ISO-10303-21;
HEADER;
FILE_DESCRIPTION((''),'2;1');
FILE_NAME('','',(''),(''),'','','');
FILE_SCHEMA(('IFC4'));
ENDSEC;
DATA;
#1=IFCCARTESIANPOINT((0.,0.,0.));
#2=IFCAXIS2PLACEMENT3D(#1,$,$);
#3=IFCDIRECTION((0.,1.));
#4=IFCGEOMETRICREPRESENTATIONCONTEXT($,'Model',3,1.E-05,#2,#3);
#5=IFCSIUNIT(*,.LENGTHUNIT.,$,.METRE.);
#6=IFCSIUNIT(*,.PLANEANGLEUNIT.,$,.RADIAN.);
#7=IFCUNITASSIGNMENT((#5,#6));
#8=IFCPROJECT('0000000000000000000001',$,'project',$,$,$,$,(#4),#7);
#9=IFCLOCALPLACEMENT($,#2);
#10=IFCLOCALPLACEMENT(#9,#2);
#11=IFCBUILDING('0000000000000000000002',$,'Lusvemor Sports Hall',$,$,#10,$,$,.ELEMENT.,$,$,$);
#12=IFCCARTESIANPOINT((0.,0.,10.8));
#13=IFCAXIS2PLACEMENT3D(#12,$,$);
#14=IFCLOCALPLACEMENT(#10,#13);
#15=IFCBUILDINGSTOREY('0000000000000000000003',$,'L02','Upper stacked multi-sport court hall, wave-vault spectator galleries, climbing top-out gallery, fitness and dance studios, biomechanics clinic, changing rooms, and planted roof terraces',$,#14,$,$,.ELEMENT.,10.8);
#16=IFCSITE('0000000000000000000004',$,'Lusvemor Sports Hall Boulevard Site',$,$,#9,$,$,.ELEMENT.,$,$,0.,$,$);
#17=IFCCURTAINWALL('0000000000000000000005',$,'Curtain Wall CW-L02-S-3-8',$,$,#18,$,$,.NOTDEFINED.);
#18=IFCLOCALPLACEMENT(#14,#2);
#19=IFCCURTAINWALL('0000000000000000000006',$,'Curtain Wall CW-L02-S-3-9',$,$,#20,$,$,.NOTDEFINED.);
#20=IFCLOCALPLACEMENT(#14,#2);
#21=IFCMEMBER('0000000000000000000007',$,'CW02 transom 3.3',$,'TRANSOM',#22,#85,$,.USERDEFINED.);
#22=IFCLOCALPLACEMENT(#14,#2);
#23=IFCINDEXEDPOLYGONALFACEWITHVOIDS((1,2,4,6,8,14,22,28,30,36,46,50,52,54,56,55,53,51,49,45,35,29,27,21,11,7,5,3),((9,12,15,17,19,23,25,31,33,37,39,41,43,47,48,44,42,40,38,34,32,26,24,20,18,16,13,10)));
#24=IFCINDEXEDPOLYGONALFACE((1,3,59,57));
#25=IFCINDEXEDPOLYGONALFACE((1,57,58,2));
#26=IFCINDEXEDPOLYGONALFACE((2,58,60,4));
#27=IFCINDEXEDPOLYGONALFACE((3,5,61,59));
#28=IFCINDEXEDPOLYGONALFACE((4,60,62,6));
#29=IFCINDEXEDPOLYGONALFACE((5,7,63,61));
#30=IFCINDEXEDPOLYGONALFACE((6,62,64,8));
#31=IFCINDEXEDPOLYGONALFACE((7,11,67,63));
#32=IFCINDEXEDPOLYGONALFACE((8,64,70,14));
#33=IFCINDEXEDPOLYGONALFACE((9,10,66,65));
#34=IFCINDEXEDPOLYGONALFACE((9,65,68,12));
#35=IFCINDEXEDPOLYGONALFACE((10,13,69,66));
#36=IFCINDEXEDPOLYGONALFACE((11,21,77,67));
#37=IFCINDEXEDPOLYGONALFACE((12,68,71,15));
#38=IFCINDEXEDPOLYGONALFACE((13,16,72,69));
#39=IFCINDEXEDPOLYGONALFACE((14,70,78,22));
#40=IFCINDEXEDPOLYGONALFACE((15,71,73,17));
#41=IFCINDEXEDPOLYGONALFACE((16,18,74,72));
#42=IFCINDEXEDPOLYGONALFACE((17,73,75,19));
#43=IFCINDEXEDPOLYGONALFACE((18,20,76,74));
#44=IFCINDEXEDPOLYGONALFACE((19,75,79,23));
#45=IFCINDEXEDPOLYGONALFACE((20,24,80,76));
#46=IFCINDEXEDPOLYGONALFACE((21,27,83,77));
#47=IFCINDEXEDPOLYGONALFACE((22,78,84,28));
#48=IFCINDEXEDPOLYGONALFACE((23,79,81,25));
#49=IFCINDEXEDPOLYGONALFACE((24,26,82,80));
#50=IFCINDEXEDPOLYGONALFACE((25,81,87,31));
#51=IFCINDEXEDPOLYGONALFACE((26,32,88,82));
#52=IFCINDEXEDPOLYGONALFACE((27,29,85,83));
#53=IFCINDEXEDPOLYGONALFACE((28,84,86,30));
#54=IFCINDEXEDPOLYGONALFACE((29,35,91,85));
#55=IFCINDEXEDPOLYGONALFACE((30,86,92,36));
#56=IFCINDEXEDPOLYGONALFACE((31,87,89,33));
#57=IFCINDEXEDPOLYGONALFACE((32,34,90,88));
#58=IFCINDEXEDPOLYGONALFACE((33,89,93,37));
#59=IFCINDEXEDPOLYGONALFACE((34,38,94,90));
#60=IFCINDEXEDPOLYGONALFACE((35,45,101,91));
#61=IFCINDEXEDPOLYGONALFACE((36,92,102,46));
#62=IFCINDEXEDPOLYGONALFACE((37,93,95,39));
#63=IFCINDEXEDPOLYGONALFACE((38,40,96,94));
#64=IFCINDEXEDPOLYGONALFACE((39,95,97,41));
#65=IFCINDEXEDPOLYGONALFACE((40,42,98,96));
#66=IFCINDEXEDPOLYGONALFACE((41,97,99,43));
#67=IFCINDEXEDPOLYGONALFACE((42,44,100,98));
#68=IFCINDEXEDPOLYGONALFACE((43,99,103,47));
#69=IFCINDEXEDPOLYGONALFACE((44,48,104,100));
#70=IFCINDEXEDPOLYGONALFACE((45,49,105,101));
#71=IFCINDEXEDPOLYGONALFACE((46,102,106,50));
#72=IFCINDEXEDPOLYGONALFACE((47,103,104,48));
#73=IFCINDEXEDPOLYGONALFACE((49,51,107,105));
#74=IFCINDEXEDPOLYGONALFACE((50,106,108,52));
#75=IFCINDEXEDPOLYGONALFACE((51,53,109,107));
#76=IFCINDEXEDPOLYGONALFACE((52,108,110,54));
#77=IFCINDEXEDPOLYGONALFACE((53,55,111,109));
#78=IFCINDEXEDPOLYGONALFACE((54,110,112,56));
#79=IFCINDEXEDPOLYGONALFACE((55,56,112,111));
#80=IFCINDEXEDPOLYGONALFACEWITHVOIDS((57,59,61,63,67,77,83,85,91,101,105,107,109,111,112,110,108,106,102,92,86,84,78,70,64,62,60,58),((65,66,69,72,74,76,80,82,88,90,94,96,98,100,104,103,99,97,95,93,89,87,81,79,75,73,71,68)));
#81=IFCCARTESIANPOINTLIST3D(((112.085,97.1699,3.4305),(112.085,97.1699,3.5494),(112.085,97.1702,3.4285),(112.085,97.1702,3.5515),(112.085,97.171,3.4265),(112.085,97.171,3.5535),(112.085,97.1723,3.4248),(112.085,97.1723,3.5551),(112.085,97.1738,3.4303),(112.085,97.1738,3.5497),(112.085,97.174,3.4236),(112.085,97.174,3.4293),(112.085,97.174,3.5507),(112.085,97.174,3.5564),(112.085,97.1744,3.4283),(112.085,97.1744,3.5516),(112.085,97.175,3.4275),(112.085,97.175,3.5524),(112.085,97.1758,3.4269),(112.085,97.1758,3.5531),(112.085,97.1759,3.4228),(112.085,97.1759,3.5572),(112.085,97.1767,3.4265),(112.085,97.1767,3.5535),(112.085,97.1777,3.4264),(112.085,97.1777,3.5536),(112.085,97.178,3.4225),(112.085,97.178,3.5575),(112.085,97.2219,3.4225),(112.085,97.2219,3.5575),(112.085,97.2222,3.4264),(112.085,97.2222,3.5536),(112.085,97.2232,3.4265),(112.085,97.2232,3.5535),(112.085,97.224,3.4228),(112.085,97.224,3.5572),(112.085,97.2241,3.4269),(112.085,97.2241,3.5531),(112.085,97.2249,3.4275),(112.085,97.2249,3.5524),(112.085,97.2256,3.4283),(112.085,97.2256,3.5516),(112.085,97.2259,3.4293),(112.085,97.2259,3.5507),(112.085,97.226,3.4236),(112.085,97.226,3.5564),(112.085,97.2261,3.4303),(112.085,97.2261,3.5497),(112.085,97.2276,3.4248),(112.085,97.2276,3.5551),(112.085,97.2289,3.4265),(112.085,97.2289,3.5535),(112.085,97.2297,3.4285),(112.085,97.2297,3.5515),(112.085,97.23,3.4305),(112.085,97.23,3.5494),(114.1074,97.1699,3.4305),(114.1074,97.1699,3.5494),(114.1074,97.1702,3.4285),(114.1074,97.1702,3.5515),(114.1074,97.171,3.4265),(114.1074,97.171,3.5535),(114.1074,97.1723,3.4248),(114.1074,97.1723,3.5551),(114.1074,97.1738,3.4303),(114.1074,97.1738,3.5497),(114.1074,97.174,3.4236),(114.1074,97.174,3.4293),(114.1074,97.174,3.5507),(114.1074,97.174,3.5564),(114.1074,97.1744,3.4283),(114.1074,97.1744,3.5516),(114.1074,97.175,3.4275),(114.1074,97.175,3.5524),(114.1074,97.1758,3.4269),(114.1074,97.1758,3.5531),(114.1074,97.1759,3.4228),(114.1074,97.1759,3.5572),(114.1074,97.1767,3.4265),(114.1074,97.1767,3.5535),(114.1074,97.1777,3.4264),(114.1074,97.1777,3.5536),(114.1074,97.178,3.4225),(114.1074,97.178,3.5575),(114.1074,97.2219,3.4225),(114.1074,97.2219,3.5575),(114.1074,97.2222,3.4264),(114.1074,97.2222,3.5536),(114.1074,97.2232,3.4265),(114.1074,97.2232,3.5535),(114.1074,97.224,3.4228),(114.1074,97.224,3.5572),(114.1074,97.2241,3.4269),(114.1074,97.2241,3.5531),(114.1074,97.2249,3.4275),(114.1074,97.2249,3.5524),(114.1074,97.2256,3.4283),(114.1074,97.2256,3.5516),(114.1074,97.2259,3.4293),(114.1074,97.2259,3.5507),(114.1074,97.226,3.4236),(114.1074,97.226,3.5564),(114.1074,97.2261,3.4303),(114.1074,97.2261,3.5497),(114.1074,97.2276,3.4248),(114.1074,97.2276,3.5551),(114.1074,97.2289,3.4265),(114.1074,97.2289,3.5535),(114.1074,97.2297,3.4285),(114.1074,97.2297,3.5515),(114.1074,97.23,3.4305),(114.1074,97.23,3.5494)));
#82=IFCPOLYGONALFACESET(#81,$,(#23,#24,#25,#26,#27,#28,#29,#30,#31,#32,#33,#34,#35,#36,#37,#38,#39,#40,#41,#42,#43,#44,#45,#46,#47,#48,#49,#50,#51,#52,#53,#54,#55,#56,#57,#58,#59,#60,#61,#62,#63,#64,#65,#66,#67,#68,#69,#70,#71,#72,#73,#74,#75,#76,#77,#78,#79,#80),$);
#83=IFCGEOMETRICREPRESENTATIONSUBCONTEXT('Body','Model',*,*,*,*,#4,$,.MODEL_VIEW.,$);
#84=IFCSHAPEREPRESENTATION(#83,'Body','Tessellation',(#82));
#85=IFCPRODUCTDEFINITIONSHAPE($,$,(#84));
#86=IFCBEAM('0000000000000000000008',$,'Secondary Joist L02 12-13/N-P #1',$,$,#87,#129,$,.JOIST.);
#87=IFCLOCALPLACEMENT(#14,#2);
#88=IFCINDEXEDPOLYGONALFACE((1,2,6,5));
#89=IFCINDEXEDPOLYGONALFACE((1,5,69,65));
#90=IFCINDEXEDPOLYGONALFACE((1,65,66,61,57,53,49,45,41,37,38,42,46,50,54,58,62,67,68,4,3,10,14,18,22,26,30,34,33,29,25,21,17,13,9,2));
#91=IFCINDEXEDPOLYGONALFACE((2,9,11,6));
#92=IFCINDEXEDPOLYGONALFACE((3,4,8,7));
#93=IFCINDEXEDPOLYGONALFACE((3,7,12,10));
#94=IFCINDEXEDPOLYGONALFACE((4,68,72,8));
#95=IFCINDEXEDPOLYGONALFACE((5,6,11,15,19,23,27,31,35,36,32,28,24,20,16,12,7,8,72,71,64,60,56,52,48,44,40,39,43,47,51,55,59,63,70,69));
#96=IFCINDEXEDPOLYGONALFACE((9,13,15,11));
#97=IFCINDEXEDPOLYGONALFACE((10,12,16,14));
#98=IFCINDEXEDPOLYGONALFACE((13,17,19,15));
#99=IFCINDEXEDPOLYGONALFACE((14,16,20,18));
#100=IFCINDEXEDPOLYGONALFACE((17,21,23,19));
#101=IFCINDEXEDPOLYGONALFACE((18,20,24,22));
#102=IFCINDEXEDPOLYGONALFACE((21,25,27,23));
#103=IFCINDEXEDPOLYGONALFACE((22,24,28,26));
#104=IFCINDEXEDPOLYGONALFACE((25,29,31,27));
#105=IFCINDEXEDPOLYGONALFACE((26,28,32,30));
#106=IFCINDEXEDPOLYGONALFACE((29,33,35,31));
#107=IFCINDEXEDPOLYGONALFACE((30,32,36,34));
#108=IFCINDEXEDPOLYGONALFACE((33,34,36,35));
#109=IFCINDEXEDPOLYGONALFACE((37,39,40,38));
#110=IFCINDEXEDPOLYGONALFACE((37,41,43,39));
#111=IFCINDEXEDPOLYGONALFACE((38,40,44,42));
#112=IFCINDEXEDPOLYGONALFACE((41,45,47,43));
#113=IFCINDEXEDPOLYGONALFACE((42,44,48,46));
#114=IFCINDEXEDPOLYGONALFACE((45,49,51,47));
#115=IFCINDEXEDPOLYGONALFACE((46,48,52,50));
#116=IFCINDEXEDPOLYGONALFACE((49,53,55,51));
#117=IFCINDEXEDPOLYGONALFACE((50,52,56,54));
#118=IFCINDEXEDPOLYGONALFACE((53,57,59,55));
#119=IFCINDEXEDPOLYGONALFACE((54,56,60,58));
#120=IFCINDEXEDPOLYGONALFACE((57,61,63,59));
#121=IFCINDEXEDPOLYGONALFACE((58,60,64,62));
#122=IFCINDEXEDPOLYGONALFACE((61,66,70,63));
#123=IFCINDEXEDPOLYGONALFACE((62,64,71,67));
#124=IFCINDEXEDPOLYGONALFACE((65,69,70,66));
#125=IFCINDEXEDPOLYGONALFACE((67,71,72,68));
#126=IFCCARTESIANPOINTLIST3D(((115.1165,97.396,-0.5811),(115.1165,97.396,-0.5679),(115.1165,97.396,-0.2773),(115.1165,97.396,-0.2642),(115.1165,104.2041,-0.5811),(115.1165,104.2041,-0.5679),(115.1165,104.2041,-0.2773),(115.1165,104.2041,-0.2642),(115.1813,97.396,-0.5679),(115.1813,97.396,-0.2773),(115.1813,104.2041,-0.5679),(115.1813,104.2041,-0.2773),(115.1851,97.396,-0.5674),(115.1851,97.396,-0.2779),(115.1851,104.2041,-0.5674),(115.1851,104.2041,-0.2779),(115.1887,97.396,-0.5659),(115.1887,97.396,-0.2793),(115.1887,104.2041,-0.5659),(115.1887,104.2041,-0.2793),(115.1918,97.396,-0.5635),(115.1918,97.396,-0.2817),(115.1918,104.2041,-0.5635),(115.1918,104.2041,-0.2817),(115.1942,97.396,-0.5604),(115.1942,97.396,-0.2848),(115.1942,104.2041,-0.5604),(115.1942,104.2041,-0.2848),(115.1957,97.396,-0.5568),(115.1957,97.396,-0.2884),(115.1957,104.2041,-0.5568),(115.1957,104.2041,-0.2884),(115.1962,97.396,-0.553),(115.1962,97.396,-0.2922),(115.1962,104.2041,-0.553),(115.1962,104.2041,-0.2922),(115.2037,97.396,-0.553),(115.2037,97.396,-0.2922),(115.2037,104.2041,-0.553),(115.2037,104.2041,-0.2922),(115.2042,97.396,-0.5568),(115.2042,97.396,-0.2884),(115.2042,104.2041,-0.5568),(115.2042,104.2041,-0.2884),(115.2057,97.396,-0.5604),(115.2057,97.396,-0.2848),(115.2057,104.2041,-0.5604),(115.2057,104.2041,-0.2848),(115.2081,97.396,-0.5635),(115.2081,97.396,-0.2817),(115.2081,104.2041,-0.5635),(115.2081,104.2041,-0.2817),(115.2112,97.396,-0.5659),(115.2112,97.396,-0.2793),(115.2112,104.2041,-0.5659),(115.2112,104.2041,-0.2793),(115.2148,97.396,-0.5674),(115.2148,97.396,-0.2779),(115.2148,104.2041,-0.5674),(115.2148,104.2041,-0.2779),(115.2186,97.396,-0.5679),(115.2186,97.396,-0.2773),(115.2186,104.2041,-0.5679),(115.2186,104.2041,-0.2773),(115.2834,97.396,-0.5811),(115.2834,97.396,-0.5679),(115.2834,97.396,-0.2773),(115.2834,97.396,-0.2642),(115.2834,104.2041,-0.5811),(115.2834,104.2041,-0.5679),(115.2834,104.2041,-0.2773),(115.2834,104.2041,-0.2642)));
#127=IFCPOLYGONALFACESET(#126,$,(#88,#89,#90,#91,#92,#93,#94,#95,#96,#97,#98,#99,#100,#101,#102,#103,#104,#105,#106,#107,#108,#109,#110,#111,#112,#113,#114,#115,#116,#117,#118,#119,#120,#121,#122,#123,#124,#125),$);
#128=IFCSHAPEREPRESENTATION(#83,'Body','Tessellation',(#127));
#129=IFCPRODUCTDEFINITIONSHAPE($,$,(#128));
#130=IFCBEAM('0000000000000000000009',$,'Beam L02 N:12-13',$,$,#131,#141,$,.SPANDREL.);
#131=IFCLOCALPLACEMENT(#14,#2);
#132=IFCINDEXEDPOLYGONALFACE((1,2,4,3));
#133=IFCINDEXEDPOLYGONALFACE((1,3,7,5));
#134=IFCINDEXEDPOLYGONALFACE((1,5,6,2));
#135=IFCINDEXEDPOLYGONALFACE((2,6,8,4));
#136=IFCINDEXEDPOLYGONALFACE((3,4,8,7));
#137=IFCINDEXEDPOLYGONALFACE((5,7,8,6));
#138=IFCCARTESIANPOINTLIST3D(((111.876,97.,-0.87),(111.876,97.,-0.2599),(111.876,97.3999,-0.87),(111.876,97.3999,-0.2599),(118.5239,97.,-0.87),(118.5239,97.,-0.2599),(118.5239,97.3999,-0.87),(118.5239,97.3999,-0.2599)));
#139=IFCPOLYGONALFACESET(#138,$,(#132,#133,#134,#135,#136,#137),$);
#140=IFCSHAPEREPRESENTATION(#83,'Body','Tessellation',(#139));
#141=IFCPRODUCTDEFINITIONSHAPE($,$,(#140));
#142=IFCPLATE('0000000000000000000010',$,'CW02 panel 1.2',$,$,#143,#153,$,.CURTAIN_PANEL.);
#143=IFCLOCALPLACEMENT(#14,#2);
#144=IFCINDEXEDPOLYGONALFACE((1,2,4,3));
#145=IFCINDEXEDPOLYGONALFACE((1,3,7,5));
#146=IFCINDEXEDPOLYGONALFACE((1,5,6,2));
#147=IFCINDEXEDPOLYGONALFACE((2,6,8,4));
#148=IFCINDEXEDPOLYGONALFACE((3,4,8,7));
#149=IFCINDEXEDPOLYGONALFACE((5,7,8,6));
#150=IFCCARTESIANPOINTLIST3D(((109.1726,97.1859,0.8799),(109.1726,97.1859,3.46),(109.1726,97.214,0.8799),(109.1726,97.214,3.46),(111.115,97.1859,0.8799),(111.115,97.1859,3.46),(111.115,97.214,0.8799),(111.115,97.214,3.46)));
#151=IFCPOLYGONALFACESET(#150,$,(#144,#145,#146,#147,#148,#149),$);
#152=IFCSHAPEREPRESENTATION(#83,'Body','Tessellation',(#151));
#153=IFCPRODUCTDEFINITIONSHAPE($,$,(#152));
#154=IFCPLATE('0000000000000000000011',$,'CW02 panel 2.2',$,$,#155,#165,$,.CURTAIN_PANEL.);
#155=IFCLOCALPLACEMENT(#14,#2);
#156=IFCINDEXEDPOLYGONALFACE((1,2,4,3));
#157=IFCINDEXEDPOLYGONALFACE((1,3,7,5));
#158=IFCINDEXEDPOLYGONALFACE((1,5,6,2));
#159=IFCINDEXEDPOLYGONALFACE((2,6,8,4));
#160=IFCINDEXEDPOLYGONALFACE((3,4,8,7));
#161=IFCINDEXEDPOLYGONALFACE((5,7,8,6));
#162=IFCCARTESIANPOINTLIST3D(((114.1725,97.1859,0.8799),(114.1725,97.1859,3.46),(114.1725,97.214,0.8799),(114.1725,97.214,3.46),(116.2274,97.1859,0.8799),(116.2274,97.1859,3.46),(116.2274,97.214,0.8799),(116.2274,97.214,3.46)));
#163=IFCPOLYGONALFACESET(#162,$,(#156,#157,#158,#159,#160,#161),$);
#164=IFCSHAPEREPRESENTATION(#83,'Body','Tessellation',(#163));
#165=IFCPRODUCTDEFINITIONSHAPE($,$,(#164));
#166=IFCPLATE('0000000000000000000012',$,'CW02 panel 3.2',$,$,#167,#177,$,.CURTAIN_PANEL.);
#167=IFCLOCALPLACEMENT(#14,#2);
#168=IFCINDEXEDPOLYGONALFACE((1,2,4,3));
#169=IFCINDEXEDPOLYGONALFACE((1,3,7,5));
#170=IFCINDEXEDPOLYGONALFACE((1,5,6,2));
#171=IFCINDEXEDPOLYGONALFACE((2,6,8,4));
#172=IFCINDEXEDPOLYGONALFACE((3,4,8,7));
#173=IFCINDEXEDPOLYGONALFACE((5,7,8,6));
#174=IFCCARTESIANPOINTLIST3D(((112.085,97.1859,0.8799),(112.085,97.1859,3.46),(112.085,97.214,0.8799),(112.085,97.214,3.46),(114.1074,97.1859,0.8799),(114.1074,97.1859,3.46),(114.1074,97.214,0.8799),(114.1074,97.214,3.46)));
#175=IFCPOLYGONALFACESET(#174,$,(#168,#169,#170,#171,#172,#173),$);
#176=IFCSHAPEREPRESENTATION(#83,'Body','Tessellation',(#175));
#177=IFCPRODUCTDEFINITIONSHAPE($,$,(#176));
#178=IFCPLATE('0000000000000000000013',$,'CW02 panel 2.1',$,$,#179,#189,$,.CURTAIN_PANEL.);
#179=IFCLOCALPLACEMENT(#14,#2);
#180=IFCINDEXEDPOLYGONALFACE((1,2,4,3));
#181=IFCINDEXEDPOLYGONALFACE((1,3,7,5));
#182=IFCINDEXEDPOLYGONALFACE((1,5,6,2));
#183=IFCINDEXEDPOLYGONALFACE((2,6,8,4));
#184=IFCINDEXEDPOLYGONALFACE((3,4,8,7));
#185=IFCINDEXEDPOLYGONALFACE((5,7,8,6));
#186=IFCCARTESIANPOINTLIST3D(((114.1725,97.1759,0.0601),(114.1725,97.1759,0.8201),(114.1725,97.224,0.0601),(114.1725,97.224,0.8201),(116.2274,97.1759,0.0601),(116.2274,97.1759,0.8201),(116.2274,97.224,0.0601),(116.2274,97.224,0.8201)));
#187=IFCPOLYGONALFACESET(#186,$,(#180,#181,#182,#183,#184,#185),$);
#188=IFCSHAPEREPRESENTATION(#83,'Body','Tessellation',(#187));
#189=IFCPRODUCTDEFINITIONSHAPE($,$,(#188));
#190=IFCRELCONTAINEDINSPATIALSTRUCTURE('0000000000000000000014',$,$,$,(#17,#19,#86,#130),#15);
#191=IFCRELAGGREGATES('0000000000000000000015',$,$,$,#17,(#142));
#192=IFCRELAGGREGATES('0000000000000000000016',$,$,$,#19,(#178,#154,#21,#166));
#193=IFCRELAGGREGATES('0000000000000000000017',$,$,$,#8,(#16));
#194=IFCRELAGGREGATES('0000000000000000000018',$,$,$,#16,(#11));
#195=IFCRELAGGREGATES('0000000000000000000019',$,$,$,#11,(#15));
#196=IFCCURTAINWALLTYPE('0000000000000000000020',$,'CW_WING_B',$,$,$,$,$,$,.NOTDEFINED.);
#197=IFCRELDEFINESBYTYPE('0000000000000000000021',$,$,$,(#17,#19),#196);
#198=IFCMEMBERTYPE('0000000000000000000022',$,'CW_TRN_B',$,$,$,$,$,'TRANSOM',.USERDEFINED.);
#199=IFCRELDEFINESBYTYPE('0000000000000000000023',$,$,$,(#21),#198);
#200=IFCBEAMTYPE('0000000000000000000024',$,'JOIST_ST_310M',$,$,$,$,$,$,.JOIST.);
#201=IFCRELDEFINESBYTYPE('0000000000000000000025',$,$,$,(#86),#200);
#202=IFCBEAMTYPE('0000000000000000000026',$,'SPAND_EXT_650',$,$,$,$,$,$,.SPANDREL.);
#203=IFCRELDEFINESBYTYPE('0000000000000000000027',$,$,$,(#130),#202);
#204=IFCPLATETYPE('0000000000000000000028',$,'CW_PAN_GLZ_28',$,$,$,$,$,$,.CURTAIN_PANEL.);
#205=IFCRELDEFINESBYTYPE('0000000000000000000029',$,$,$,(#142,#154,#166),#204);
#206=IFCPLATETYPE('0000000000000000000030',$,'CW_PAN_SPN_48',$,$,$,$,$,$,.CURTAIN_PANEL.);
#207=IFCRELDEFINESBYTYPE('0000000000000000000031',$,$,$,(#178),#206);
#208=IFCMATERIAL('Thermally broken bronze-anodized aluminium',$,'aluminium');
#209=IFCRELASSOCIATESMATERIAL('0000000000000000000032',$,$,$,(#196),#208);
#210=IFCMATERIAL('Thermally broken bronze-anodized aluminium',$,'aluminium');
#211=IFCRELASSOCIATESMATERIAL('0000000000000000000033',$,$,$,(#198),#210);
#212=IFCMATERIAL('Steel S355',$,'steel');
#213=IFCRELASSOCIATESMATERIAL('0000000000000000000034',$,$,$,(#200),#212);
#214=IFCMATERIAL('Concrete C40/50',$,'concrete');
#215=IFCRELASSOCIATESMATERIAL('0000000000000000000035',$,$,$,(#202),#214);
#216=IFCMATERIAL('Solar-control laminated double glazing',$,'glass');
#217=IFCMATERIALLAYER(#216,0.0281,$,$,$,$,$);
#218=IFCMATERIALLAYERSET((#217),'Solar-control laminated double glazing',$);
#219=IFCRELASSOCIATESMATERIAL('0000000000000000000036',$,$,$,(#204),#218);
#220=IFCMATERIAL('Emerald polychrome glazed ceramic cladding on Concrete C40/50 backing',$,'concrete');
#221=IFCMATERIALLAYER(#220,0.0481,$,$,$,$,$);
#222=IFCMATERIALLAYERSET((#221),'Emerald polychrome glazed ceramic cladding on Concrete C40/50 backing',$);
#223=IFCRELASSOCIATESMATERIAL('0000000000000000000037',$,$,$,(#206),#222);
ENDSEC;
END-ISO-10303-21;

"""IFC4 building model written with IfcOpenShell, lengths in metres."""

from ifc_helpers import new_model, si_unit, direction, frame, origin, origin_2d, place, context, subcontext, project, spatial, rectangle, hollow_rectangle, i_section, extrude, material, layer, layer_set, material_profile, profile_set, type_object, element, aggregate, save


model = new_model("IFC4")

# Units and contexts
model_context = context("Model", 3, precision=1e-05, world=origin(), true_north=direction((0.0, 1.0)))
body_context = subcontext(model_context, "Body", "Model", "MODEL_VIEW")
ifc_project = project(units=[si_unit("LENGTHUNIT", "METRE"), si_unit("PLANEANGLEUNIT", "RADIAN")], contexts=[model_context])

# Site, building, storey
site_placement = place(None, origin())
site = spatial("IfcSite", under=ifc_project, at=site_placement, Name="Lusvemor Sports Hall Boulevard Site", CompositionType="ELEMENT", RefElevation=0.0)
building_placement = place(site_placement, origin())
building = spatial("IfcBuilding", under=site, at=building_placement, Name="Lusvemor Sports Hall", CompositionType="ELEMENT")
storey_placement = place(building_placement, frame((0.0, 0.0, 10.8)))
storey = spatial("IfcBuildingStorey", under=building, at=storey_placement, Name="L02", Description="Upper stacked multi-sport court hall, wave-vault spectator galleries, climbing top-out gallery, fitness and dance studios, biomechanics clinic, changing rooms, and planted roof terraces", CompositionType="ELEMENT", Elevation=10.8)

# Curtain wall
ifc_material_1 = material(Name="Thermally broken bronze-anodized aluminium", Category="aluminium")
curtain_wall_type = type_object("IfcCurtainWallType", Name="CW_WING_B", PredefinedType="NOTDEFINED", material=ifc_material_1)
curtain_wall_1_placement = place(storey_placement, origin())
curtain_wall_1 = element("IfcCurtainWall", 1, at=curtain_wall_1_placement, inside=storey, type_object=curtain_wall_type, Name="Curtain Wall CW-L02-S-3-8", PredefinedType="NOTDEFINED")

# Curtain wall
curtain_wall_2_placement = place(storey_placement, origin())
curtain_wall_2 = element("IfcCurtainWall", 2, at=curtain_wall_2_placement, inside=storey, type_object=curtain_wall_type, Name="Curtain Wall CW-L02-S-3-9", PredefinedType="NOTDEFINED")

# Member
ifc_material_2 = material(Name="Thermally broken bronze-anodized aluminium", Category="aluminium")
ifc_material_profile_1 = material_profile(ifc_material_2, hollow_rectangle(XDim=0.0601, YDim=0.135, WallThickness=0.0039, InnerFilletRadius=0.0039, OuterFilletRadius=0.0081, at=origin_2d()), Name="CWTRN135x60x4")
ifc_profile_set_1 = profile_set([ifc_material_profile_1], Name="Thermally broken bronze-anodized aluminium")
member_type_1 = type_object("IfcMemberType", Name="CW_TRN_B", ElementType="TRANSOM", PredefinedType="USERDEFINED", material=ifc_profile_set_1)
member_1_placement = place(storey_placement, frame((114.1074, 97.2, 3.49), z_axis=(-1.0, 0.0, 0.0), x_axis=(0.0, -1.0, 0.0)))
member_1 = element("IfcMember", 3, at=member_1_placement, type_object=member_type_1, Name="CW02 transom 3.3", ObjectType="TRANSOM", PredefinedType="USERDEFINED", context=body_context, shape_type="SweptSolid", body=[
    extrude(hollow_rectangle(XDim=0.0601, YDim=0.135, WallThickness=0.0039, InnerFilletRadius=0.0039, OuterFilletRadius=0.0081, at=origin_2d()), origin(), (0.0, 0.0, 1.0), 2.0225),
])

# Beams
ifc_material_3 = material(Name="Steel S355", Category="steel")
ifc_material_profile_2 = material_profile(ifc_material_3, i_section(OverallWidth=0.167, OverallDepth=0.3169, WebThickness=0.0076, FlangeThickness=0.0132, FilletRadius=0.0149, at=origin_2d()), Name="W310x52.0")
ifc_profile_set_2 = profile_set([ifc_material_profile_2], Name="Steel S355")
beam_type_1 = type_object("IfcBeamType", Name="JOIST_ST_310M", PredefinedType="JOIST", material=ifc_profile_set_2)
beam_1_placement = place(storey_placement, frame((115.2, 97.396, -0.4226), z_axis=(0.0, 1.0, 0.0), x_axis=(-1.0, 0.0, 0.0)))
element("IfcBeam", 4, at=beam_1_placement, inside=storey, type_object=beam_type_1, Name="Secondary Joist L02 12-13/N-P #1", PredefinedType="JOIST", context=body_context, shape_type="SweptSolid", body=[
    extrude(i_section(OverallWidth=0.167, OverallDepth=0.3169, WebThickness=0.0076, FlangeThickness=0.0132, FilletRadius=0.0149, at=origin_2d()), origin(), (0.0, 0.0, 1.0), 6.8081),
])
ifc_material_4 = material(Name="Concrete C40/50", Category="concrete")
ifc_material_profile_3 = material_profile(ifc_material_4, rectangle(XDim=0.3999, YDim=0.6101, at=origin_2d()), Name="RC400x610")
ifc_profile_set_3 = profile_set([ifc_material_profile_3], Name="Concrete C40/50")
beam_type_2 = type_object("IfcBeamType", Name="SPAND_EXT_650", PredefinedType="SPANDREL", material=ifc_profile_set_3)
beam_2_placement = place(storey_placement, frame((111.876, 97.2, -0.5649), z_axis=(1.0, 0.0, 0.0), x_axis=(0.0, 1.0, 0.0)))
element("IfcBeam", 5, at=beam_2_placement, inside=storey, type_object=beam_type_2, Name="Beam L02 N:12-13", PredefinedType="SPANDREL", context=body_context, shape_type="SweptSolid", body=[
    extrude(rectangle(XDim=0.3999, YDim=0.6101, at=origin_2d()), origin(), (0.0, 0.0, 1.0), 6.6479),
])

# Plates
ifc_material_5 = material(Name="Solar-control laminated double glazing", Category="glass")
ifc_layer_1 = layer(ifc_material_5, 0.0281)
ifc_layer_set_1 = layer_set([ifc_layer_1], Name="Solar-control laminated double glazing")
plate_type_1 = type_object("IfcPlateType", Name="CW_PAN_GLZ_28", PredefinedType="CURTAIN_PANEL", material=ifc_layer_set_1)
plate_1_placement = place(storey_placement, frame((110.1438, 97.2, 0.8799), z_axis=(0.0, 0.0, 1.0), x_axis=(-1.0, 0.0, 0.0)))
plate_1 = element("IfcPlate", 6, at=plate_1_placement, type_object=plate_type_1, Name="CW02 panel 1.2", PredefinedType="CURTAIN_PANEL", context=body_context, shape_type="SweptSolid", body=[
    extrude(rectangle(XDim=1.9424, YDim=0.0281, at=origin_2d()), origin(), (0.0, 0.0, 1.0), 2.5801),
])
aggregate(curtain_wall_1, [plate_1])
plate_2_placement = place(storey_placement, frame((115.2, 97.2, 0.8799), z_axis=(0.0, 0.0, 1.0), x_axis=(-1.0, 0.0, 0.0)))
plate_2 = element("IfcPlate", 7, at=plate_2_placement, type_object=plate_type_1, Name="CW02 panel 2.2", PredefinedType="CURTAIN_PANEL", context=body_context, shape_type="SweptSolid", body=[
    extrude(rectangle(XDim=2.0549, YDim=0.0281, at=origin_2d()), origin(), (0.0, 0.0, 1.0), 2.5801),
])
plate_3_placement = place(storey_placement, frame((113.0962, 97.2, 0.8799), z_axis=(0.0, 0.0, 1.0), x_axis=(-1.0, 0.0, 0.0)))
plate_3 = element("IfcPlate", 8, at=plate_3_placement, type_object=plate_type_1, Name="CW02 panel 3.2", PredefinedType="CURTAIN_PANEL", context=body_context, shape_type="SweptSolid", body=[
    extrude(rectangle(XDim=2.0225, YDim=0.0281, at=origin_2d()), origin(), (0.0, 0.0, 1.0), 2.5801),
])
ifc_material_6 = material(Name="Emerald polychrome glazed ceramic cladding on Concrete C40/50 backing", Category="concrete")
ifc_layer_2 = layer(ifc_material_6, 0.0481)
ifc_layer_set_2 = layer_set([ifc_layer_2], Name="Emerald polychrome glazed ceramic cladding on Concrete C40/50 backing")
plate_type_2 = type_object("IfcPlateType", Name="CW_PAN_SPN_48", PredefinedType="CURTAIN_PANEL", material=ifc_layer_set_2)
plate_4_placement = place(storey_placement, frame((115.2, 97.2, 0.0601), z_axis=(0.0, 0.0, 1.0), x_axis=(-1.0, 0.0, 0.0)))
plate_4 = element("IfcPlate", 9, at=plate_4_placement, type_object=plate_type_2, Name="CW02 panel 2.1", PredefinedType="CURTAIN_PANEL", context=body_context, shape_type="SweptSolid", body=[
    extrude(rectangle(XDim=2.0549, YDim=0.0481, at=origin_2d()), origin(), (0.0, 0.0, 1.0), 0.76),
])
aggregate(curtain_wall_2, [plate_4, plate_2, member_1, plate_3])

save(model, "model.ifc")
